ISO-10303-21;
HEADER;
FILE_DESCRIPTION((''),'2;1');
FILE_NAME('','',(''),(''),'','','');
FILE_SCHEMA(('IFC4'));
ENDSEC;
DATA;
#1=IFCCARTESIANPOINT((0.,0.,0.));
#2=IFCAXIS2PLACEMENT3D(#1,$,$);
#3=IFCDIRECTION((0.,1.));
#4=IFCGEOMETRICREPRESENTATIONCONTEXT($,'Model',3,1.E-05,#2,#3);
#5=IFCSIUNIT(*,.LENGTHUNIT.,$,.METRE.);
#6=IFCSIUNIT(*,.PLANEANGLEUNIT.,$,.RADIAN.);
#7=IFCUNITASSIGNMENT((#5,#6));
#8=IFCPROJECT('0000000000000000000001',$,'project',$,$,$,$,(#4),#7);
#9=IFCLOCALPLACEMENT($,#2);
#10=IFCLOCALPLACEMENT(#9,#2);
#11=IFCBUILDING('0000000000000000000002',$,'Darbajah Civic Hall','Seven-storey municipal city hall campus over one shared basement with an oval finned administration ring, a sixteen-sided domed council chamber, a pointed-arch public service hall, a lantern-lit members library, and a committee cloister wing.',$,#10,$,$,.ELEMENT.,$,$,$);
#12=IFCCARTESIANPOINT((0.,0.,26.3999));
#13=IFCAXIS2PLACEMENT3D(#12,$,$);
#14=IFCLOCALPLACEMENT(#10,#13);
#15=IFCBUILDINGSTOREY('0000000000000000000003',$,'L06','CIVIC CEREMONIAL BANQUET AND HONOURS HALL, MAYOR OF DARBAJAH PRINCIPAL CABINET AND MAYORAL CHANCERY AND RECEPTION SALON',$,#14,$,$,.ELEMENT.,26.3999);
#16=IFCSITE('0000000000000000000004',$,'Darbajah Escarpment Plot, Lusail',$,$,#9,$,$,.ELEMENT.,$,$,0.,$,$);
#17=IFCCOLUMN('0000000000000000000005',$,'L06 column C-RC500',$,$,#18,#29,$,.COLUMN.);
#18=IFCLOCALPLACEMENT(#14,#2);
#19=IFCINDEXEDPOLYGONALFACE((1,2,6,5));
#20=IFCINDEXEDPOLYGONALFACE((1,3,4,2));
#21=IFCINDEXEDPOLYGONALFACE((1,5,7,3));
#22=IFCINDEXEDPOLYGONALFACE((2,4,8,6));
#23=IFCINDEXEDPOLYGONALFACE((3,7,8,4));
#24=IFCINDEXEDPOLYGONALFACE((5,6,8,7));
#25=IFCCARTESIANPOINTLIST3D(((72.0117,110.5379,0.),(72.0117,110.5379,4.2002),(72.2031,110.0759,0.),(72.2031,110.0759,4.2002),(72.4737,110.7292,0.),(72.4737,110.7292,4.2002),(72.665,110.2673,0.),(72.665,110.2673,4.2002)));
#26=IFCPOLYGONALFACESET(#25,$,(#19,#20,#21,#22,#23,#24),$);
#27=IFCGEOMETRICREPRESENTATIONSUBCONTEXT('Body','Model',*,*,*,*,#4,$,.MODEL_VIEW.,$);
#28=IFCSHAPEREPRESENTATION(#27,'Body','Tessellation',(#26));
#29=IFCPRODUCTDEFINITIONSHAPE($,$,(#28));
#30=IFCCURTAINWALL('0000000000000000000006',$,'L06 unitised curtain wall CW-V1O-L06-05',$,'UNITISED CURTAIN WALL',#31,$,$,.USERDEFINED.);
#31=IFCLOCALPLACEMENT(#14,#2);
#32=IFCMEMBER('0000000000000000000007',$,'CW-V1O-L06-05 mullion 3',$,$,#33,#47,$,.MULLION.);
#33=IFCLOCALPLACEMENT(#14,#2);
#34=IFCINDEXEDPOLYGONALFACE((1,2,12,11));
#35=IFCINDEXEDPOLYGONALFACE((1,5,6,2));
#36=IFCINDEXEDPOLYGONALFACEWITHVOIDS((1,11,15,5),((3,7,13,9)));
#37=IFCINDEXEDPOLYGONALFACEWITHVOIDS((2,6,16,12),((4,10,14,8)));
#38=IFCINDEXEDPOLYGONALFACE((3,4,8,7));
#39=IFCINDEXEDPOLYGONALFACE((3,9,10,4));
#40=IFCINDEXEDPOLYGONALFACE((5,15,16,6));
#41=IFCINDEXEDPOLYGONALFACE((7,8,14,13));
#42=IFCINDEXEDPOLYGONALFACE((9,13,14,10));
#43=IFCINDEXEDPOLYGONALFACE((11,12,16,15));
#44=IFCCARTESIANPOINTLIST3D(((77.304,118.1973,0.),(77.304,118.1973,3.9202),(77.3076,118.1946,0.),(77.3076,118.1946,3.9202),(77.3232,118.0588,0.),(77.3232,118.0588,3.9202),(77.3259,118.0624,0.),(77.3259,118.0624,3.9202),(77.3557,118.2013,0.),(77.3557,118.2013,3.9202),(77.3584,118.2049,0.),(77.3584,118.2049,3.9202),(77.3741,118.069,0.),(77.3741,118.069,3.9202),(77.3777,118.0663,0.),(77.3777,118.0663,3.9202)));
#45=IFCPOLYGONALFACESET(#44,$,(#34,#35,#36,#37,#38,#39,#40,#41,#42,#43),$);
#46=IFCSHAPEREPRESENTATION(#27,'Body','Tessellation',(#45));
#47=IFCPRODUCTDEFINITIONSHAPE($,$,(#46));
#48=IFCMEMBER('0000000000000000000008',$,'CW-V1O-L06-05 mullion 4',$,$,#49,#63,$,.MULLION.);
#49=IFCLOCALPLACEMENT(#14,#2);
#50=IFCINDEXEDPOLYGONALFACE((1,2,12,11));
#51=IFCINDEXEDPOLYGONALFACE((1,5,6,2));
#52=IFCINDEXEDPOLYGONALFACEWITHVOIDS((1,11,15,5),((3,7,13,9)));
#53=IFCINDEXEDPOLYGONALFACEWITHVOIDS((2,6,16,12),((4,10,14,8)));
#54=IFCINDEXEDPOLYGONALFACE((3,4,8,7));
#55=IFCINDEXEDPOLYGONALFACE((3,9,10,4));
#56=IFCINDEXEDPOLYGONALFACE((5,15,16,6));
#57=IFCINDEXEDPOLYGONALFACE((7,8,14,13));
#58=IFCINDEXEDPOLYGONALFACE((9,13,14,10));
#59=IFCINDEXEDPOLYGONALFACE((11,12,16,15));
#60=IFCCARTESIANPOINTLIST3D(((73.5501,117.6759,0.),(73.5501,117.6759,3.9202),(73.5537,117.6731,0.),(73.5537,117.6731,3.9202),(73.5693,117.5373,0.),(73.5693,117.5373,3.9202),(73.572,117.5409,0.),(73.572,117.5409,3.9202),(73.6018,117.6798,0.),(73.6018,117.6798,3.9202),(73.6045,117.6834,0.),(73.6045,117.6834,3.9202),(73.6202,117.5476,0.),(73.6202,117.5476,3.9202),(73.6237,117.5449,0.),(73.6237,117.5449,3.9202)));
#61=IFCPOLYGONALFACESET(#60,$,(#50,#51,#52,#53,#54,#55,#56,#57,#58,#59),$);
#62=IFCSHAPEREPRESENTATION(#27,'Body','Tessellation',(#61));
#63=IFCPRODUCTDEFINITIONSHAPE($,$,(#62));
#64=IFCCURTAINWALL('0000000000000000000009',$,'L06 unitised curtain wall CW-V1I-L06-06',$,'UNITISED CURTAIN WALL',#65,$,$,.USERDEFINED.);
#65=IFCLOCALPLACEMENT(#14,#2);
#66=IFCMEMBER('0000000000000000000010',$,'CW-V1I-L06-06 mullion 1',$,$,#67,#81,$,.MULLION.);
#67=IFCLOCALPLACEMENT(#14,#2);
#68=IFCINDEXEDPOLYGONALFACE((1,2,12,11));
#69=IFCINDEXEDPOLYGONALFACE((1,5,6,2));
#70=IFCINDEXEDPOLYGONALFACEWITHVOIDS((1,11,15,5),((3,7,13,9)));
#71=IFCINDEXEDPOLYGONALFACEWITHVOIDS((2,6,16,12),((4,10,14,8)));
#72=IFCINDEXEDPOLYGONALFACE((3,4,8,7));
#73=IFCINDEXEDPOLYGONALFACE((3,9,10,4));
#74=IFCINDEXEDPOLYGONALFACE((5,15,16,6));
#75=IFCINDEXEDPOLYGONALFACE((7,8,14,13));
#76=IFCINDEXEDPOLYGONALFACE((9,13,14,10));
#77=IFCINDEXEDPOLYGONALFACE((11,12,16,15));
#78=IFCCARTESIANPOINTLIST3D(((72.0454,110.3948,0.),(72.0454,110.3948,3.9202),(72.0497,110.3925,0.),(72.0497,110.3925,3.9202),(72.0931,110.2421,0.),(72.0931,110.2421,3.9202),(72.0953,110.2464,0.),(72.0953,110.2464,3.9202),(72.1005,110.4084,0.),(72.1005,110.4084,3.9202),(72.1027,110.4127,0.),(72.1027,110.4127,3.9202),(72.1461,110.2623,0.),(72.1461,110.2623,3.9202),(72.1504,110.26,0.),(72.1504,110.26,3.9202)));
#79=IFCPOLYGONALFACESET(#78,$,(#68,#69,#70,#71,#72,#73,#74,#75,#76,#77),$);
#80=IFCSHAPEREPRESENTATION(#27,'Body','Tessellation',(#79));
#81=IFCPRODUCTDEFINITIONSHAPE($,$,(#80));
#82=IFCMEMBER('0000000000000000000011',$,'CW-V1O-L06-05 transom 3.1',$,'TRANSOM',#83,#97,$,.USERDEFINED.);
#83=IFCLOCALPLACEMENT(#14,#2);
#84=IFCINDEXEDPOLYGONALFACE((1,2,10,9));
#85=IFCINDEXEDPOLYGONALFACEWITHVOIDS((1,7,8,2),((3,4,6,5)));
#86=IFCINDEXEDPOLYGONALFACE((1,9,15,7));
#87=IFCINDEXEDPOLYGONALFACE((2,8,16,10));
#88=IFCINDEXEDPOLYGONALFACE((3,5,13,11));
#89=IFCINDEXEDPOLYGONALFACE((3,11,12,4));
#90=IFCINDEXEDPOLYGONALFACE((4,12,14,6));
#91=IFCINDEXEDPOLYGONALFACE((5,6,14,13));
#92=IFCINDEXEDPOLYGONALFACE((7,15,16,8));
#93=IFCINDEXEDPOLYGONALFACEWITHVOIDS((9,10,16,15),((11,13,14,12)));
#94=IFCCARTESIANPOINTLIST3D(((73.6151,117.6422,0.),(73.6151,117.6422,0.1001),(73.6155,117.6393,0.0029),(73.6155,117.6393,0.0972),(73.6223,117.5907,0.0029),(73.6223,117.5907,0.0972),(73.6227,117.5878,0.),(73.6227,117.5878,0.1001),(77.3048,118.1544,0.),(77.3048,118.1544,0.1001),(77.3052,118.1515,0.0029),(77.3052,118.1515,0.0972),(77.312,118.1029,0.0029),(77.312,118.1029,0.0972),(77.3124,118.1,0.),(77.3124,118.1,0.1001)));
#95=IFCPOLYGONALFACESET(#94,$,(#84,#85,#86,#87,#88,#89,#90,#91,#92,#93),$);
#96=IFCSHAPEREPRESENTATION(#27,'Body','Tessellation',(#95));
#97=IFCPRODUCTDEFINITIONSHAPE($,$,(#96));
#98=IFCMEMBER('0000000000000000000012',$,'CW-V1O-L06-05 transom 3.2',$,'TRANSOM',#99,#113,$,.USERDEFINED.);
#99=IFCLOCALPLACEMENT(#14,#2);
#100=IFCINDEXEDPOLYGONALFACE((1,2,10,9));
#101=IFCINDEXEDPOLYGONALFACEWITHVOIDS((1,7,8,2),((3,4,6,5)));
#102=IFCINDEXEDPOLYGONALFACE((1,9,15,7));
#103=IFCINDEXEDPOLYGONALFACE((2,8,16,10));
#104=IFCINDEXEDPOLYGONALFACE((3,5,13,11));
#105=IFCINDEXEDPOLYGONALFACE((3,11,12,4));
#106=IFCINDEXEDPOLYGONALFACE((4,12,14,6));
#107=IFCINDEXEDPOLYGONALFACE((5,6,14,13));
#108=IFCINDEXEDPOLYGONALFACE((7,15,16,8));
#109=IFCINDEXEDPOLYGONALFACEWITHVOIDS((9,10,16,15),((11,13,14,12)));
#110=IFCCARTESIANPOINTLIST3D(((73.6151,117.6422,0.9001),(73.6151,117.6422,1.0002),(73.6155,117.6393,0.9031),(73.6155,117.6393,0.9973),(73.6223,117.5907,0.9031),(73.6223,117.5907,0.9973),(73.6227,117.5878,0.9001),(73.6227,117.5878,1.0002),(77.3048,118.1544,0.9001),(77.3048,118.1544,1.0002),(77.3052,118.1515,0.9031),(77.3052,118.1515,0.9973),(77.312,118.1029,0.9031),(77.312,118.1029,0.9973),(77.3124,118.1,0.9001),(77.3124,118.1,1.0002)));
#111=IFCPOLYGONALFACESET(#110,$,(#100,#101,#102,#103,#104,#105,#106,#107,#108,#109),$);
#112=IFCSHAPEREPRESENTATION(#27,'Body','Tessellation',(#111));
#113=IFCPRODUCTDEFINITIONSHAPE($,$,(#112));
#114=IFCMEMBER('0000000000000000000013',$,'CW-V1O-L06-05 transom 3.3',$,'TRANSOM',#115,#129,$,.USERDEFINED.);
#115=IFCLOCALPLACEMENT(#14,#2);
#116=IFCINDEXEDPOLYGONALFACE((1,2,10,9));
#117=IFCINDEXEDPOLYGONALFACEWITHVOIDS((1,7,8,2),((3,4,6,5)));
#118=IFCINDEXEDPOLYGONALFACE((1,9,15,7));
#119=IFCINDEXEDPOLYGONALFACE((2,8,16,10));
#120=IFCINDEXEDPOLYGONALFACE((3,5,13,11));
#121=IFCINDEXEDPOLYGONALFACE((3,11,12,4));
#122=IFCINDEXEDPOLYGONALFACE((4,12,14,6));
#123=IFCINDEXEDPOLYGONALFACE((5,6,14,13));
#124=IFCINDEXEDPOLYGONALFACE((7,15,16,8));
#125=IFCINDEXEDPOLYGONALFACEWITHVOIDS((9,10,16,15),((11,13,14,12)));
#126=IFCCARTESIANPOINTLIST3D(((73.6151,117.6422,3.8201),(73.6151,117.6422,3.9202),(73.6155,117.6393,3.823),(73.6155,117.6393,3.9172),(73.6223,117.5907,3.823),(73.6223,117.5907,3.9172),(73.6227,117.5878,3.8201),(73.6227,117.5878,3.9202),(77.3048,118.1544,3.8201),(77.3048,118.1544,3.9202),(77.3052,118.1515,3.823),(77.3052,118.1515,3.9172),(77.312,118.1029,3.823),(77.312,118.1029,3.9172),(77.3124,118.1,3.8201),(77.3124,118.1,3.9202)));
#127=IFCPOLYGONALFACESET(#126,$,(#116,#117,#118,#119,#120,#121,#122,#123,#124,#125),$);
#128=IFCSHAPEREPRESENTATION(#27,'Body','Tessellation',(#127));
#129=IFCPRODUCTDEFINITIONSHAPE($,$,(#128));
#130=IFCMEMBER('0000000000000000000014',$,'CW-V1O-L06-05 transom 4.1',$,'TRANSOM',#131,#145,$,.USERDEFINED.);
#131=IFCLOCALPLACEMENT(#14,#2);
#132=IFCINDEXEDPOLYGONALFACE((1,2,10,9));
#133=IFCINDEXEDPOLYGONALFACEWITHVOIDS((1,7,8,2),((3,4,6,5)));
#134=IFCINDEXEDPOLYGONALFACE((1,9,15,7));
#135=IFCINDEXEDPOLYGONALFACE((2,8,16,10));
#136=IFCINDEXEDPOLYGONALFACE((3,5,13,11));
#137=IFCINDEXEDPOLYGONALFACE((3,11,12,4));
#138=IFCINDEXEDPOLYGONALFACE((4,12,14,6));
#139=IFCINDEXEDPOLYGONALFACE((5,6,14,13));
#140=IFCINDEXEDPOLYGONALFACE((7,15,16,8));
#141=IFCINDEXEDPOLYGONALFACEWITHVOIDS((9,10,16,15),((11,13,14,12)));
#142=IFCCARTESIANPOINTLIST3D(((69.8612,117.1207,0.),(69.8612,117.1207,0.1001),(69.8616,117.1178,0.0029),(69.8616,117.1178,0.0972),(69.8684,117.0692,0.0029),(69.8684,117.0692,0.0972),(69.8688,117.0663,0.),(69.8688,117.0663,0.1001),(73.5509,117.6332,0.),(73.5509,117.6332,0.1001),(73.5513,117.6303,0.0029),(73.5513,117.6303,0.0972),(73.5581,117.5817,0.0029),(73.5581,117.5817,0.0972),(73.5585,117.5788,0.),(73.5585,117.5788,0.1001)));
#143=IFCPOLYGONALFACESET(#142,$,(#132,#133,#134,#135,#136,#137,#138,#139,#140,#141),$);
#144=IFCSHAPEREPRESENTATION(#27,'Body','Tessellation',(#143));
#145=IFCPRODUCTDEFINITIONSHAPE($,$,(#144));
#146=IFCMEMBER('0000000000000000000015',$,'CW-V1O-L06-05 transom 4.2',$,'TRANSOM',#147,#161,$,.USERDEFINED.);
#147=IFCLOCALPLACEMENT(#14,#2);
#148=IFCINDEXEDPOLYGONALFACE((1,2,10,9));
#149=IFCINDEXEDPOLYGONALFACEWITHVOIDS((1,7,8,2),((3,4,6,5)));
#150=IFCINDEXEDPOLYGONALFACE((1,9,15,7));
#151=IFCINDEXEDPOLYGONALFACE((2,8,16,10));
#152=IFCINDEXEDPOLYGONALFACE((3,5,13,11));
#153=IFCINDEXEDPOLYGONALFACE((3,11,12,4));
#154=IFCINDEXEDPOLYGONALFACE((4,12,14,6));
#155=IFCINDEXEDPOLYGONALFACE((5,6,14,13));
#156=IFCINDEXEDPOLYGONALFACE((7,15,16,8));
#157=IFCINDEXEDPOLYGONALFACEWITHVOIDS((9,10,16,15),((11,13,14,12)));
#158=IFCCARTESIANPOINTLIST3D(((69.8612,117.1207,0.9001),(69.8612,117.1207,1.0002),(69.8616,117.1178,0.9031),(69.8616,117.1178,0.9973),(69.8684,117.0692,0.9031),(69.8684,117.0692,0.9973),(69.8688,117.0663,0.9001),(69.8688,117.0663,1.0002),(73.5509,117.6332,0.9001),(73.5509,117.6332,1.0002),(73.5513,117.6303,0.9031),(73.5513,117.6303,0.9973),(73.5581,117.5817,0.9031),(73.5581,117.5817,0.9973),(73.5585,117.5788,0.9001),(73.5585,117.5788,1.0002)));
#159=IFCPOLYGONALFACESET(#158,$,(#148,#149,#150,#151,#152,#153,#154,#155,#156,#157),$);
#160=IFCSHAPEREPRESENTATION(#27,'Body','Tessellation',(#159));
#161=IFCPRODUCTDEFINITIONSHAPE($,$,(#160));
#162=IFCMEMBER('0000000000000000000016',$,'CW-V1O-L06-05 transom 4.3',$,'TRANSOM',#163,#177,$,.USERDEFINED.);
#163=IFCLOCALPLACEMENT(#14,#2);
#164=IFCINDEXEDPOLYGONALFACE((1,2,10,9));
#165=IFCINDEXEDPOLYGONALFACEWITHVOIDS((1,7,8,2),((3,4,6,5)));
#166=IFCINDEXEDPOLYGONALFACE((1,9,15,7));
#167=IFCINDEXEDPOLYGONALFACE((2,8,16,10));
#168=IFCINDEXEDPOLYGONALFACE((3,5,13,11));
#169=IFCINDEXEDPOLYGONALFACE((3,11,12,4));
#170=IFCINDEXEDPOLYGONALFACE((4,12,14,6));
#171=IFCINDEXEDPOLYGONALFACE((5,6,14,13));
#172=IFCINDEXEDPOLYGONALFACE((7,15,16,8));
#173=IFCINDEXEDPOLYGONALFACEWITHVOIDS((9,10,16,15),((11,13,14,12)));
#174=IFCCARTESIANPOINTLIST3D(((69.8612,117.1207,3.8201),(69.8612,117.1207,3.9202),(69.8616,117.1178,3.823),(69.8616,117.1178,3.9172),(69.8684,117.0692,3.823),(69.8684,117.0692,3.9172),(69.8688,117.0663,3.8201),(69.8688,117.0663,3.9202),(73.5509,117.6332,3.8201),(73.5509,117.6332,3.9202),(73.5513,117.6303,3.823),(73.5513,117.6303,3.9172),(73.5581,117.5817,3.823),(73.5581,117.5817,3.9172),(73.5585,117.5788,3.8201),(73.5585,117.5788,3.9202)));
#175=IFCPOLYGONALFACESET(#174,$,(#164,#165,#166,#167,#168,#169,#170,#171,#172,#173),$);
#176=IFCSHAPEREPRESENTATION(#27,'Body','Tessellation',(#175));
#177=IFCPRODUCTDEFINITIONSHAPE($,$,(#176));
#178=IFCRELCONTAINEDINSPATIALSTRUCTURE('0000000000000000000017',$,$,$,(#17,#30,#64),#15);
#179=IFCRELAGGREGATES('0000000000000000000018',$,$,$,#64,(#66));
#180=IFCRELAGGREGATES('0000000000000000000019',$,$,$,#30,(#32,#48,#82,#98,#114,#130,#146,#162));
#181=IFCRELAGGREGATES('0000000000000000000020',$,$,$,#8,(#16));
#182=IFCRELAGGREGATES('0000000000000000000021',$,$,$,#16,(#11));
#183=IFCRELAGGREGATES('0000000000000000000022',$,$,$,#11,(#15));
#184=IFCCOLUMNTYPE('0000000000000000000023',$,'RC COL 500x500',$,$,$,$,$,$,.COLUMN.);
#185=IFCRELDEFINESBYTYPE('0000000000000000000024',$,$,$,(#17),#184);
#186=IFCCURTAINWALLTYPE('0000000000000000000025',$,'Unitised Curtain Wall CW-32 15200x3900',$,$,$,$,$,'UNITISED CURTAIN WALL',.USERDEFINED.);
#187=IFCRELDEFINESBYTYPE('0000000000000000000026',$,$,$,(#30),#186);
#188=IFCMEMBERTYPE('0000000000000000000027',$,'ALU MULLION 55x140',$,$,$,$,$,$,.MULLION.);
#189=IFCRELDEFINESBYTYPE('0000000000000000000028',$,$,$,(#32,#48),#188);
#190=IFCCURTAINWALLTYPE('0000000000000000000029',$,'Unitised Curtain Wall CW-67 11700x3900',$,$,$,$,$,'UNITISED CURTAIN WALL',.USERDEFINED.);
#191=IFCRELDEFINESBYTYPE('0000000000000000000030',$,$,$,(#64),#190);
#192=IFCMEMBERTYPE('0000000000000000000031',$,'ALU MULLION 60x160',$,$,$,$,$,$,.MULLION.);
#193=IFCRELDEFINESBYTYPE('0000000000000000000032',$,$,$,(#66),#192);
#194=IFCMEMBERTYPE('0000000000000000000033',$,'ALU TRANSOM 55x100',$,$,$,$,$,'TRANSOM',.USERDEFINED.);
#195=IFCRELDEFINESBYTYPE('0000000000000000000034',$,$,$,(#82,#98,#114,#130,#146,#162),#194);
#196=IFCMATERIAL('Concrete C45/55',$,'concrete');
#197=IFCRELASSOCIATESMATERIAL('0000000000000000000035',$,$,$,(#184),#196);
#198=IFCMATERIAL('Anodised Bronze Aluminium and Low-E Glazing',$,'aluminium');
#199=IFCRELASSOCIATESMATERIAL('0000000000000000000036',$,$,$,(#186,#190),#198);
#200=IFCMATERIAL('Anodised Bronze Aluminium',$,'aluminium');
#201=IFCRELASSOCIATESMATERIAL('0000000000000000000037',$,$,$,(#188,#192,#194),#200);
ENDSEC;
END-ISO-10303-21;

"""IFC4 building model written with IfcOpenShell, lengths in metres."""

from ifc_helpers import new_model, si_unit, direction, frame, origin, origin_2d, place, context, subcontext, project, spatial, rectangle, hollow_rectangle, extrude, material, material_profile, profile_set, type_object, element, aggregate, save


model = new_model("IFC4")

# Units and contexts
model_context = context("Model", 3, precision=1e-05, world=origin(), true_north=direction((0.0, 1.0)))
body_context = subcontext(model_context, "Body", "Model", "MODEL_VIEW")
ifc_project = project(units=[si_unit("LENGTHUNIT", "METRE"), si_unit("PLANEANGLEUNIT", "RADIAN")], contexts=[model_context])

# Site, building, storey
site_placement = place(None, origin())
site = spatial("IfcSite", under=ifc_project, at=site_placement, Name="Darbajah Escarpment Plot, Lusail", CompositionType="ELEMENT", RefElevation=0.0)
building_placement = place(site_placement, origin())
building = spatial("IfcBuilding", under=site, at=building_placement, Name="Darbajah Civic Hall", Description="Seven-storey municipal city hall campus over one shared basement with an oval finned administration ring, a sixteen-sided domed council chamber, a pointed-arch public service hall, a lantern-lit members library, and a committee cloister wing.", CompositionType="ELEMENT")
storey_placement = place(building_placement, frame((0.0, 0.0, 26.3999)))
storey = spatial("IfcBuildingStorey", under=building, at=storey_placement, Name="L06", Description="CIVIC CEREMONIAL BANQUET AND HONOURS HALL, MAYOR OF DARBAJAH PRINCIPAL CABINET AND MAYORAL CHANCERY AND RECEPTION SALON", CompositionType="ELEMENT", Elevation=26.3999)

# Column
ifc_material_1 = material(Name="Concrete C45/55", Category="concrete")
ifc_material_profile_1 = material_profile(ifc_material_1, rectangle(XDim=0.5, YDim=0.5, at=origin_2d()), Name="RC COL 500x500")
ifc_profile_set_1 = profile_set([ifc_material_profile_1], Name="Concrete C45/55")
column_type = type_object("IfcColumnType", Name="RC COL 500x500", PredefinedType="COLUMN", material=ifc_profile_set_1)
column_placement = place(storey_placement, frame((72.3384, 110.4026, 0.0), z_axis=(0.0, 0.0, 1.0), x_axis=(-0.382683, 0.92388, 0.0)))
element("IfcColumn", 1, at=column_placement, inside=storey, type_object=column_type, Name="L06 column C-RC500", PredefinedType="COLUMN", context=body_context, shape_type="SweptSolid", body=[
    extrude(rectangle(XDim=0.5, YDim=0.5, at=origin_2d()), origin(), (0.0, 0.0, 1.0), 4.2002),
])

# Curtain wall, members
ifc_material_2 = material(Name="Anodised Bronze Aluminium and Low-E Glazing", Category="aluminium")
curtain_wall_type_1 = type_object("IfcCurtainWallType", Name="Unitised Curtain Wall CW-32 15200x3900", ElementType="UNITISED CURTAIN WALL", PredefinedType="USERDEFINED", material=ifc_material_2)
curtain_wall_1_placement = place(storey_placement, origin())
curtain_wall_1 = element("IfcCurtainWall", 2, at=curtain_wall_1_placement, inside=storey, type_object=curtain_wall_type_1, Name="L06 unitised curtain wall CW-V1O-L06-05", ObjectType="UNITISED CURTAIN WALL", PredefinedType="USERDEFINED")
ifc_material_3 = material(Name="Anodised Bronze Aluminium", Category="aluminium")
ifc_material_profile_2 = material_profile(ifc_material_3, hollow_rectangle(XDim=0.0549, YDim=0.1399, WallThickness=0.0032, at=origin_2d()), Name="ALU MULLION 55x140")
ifc_profile_set_2 = profile_set([ifc_material_profile_2], Name="Anodised Bronze Aluminium")
member_type_1 = type_object("IfcMemberType", Name="ALU MULLION 55x140", PredefinedType="MULLION", material=ifc_profile_set_2)
member_1_placement = place(storey_placement, frame((77.3408, 118.1318, 0.0), z_axis=(0.0, 0.0, 1.0), x_axis=(-0.990485, -0.137617, 0.0)))
member_1 = element("IfcMember", 3, at=member_1_placement, type_object=member_type_1, Name="CW-V1O-L06-05 mullion 3", PredefinedType="MULLION", context=body_context, shape_type="SweptSolid", body=[
    extrude(hollow_rectangle(XDim=0.0549, YDim=0.1399, WallThickness=0.0032, at=origin_2d()), origin(), (0.0, 0.0, 1.0), 3.9202),
])
member_2_placement = place(storey_placement, frame((73.5869, 117.6104, 0.0), z_axis=(0.0, 0.0, 1.0), x_axis=(-0.990485, -0.137617, 0.0)))
member_2 = element("IfcMember", 4, at=member_2_placement, type_object=member_type_1, Name="CW-V1O-L06-05 mullion 4", PredefinedType="MULLION", context=body_context, shape_type="SweptSolid", body=[
    extrude(hollow_rectangle(XDim=0.0549, YDim=0.1399, WallThickness=0.0032, at=origin_2d()), origin(), (0.0, 0.0, 1.0), 3.9202),
])

# Curtain wall, member
curtain_wall_type_2 = type_object("IfcCurtainWallType", Name="Unitised Curtain Wall CW-67 11700x3900", ElementType="UNITISED CURTAIN WALL", PredefinedType="USERDEFINED", material=ifc_material_2)
curtain_wall_2_placement = place(storey_placement, origin())
curtain_wall_2 = element("IfcCurtainWall", 5, at=curtain_wall_2_placement, inside=storey, type_object=curtain_wall_type_2, Name="L06 unitised curtain wall CW-V1I-L06-06", ObjectType="UNITISED CURTAIN WALL", PredefinedType="USERDEFINED")
ifc_material_profile_3 = material_profile(ifc_material_3, hollow_rectangle(XDim=0.0601, YDim=0.1599, WallThickness=0.0034, at=origin_2d()), Name="ALU MULLION 60x160")
ifc_profile_set_3 = profile_set([ifc_material_profile_3], Name="Anodised Bronze Aluminium")
member_type_2 = type_object("IfcMemberType", Name="ALU MULLION 60x160", PredefinedType="MULLION", material=ifc_profile_set_3)
member_3_placement = place(storey_placement, frame((72.0979, 110.3274, 0.0), z_axis=(0.0, 0.0, 1.0), x_axis=(-0.954605, -0.297875, 0.0)))
member_3 = element("IfcMember", 6, at=member_3_placement, type_object=member_type_2, Name="CW-V1I-L06-06 mullion 1", PredefinedType="MULLION", context=body_context, shape_type="SweptSolid", body=[
    extrude(hollow_rectangle(XDim=0.0601, YDim=0.1599, WallThickness=0.0034, at=origin_2d()), origin(), (0.0, 0.0, 1.0), 3.9202),
])

# Members
ifc_material_profile_4 = material_profile(ifc_material_3, hollow_rectangle(XDim=0.0549, YDim=0.1001, WallThickness=0.0029, at=origin_2d()), Name="ALU TRANSOM 55x100")
ifc_profile_set_4 = profile_set([ifc_material_profile_4], Name="Anodised Bronze Aluminium")
member_type_3 = type_object("IfcMemberType", Name="ALU TRANSOM 55x100", ElementType="TRANSOM", PredefinedType="USERDEFINED", material=ifc_profile_set_4)
member_4_placement = place(storey_placement, frame((77.3086, 118.1272, 0.05), z_axis=(-0.990501, -0.137502, 0.0), x_axis=(0.137502, -0.990501, 0.0)))
member_4 = element("IfcMember", 7, at=member_4_placement, type_object=member_type_3, Name="CW-V1O-L06-05 transom 3.1", ObjectType="TRANSOM", PredefinedType="USERDEFINED", context=body_context, shape_type="SweptSolid", body=[
    extrude(hollow_rectangle(XDim=0.0549, YDim=0.1001, WallThickness=0.0029, at=origin_2d()), origin(), (0.0, 0.0, 1.0), 3.7251),
])
member_5_placement = place(storey_placement, frame((77.3086, 118.1272, 0.9502), z_axis=(-0.990501, -0.137502, 0.0), x_axis=(0.137502, -0.990501, 0.0)))
member_5 = element("IfcMember", 8, at=member_5_placement, type_object=member_type_3, Name="CW-V1O-L06-05 transom 3.2", ObjectType="TRANSOM", PredefinedType="USERDEFINED", context=body_context, shape_type="SweptSolid", body=[
    extrude(hollow_rectangle(XDim=0.0549, YDim=0.1001, WallThickness=0.0029, at=origin_2d()), origin(), (0.0, 0.0, 1.0), 3.7251),
])
member_6_placement = place(storey_placement, frame((77.3086, 118.1272, 3.8701), z_axis=(-0.990501, -0.137502, 0.0), x_axis=(0.137502, -0.990501, 0.0)))
member_6 = element("IfcMember", 9, at=member_6_placement, type_object=member_type_3, Name="CW-V1O-L06-05 transom 3.3", ObjectType="TRANSOM", PredefinedType="USERDEFINED", context=body_context, shape_type="SweptSolid", body=[
    extrude(hollow_rectangle(XDim=0.0549, YDim=0.1001, WallThickness=0.0029, at=origin_2d()), origin(), (0.0, 0.0, 1.0), 3.7251),
])
member_7_placement = place(storey_placement, frame((73.5547, 117.606, 0.05), z_axis=(-0.990493, -0.137567, 0.0), x_axis=(0.137567, -0.990493, 0.0)))
member_7 = element("IfcMember", 10, at=member_7_placement, type_object=member_type_3, Name="CW-V1O-L06-05 transom 4.1", ObjectType="TRANSOM", PredefinedType="USERDEFINED", context=body_context, shape_type="SweptSolid", body=[
    extrude(hollow_rectangle(XDim=0.0549, YDim=0.1001, WallThickness=0.0029, at=origin_2d()), origin(), (0.0, 0.0, 1.0), 3.7251),
])
member_8_placement = place(storey_placement, frame((73.5547, 117.606, 0.9502), z_axis=(-0.990493, -0.137567, 0.0), x_axis=(0.137567, -0.990493, 0.0)))
member_8 = element("IfcMember", 11, at=member_8_placement, type_object=member_type_3, Name="CW-V1O-L06-05 transom 4.2", ObjectType="TRANSOM", PredefinedType="USERDEFINED", context=body_context, shape_type="SweptSolid", body=[
    extrude(hollow_rectangle(XDim=0.0549, YDim=0.1001, WallThickness=0.0029, at=origin_2d()), origin(), (0.0, 0.0, 1.0), 3.7251),
])
member_9_placement = place(storey_placement, frame((73.5547, 117.606, 3.8701), z_axis=(-0.990493, -0.137567, 0.0), x_axis=(0.137567, -0.990493, 0.0)))
member_9 = element("IfcMember", 12, at=member_9_placement, type_object=member_type_3, Name="CW-V1O-L06-05 transom 4.3", ObjectType="TRANSOM", PredefinedType="USERDEFINED", context=body_context, shape_type="SweptSolid", body=[
    extrude(hollow_rectangle(XDim=0.0549, YDim=0.1001, WallThickness=0.0029, at=origin_2d()), origin(), (0.0, 0.0, 1.0), 3.7251),
])
aggregate(curtain_wall_2, [member_3])

aggregate(curtain_wall_1, [member_1, member_2, member_4, member_5, member_6, member_7, member_8, member_9])

save(model, "model.ifc")
